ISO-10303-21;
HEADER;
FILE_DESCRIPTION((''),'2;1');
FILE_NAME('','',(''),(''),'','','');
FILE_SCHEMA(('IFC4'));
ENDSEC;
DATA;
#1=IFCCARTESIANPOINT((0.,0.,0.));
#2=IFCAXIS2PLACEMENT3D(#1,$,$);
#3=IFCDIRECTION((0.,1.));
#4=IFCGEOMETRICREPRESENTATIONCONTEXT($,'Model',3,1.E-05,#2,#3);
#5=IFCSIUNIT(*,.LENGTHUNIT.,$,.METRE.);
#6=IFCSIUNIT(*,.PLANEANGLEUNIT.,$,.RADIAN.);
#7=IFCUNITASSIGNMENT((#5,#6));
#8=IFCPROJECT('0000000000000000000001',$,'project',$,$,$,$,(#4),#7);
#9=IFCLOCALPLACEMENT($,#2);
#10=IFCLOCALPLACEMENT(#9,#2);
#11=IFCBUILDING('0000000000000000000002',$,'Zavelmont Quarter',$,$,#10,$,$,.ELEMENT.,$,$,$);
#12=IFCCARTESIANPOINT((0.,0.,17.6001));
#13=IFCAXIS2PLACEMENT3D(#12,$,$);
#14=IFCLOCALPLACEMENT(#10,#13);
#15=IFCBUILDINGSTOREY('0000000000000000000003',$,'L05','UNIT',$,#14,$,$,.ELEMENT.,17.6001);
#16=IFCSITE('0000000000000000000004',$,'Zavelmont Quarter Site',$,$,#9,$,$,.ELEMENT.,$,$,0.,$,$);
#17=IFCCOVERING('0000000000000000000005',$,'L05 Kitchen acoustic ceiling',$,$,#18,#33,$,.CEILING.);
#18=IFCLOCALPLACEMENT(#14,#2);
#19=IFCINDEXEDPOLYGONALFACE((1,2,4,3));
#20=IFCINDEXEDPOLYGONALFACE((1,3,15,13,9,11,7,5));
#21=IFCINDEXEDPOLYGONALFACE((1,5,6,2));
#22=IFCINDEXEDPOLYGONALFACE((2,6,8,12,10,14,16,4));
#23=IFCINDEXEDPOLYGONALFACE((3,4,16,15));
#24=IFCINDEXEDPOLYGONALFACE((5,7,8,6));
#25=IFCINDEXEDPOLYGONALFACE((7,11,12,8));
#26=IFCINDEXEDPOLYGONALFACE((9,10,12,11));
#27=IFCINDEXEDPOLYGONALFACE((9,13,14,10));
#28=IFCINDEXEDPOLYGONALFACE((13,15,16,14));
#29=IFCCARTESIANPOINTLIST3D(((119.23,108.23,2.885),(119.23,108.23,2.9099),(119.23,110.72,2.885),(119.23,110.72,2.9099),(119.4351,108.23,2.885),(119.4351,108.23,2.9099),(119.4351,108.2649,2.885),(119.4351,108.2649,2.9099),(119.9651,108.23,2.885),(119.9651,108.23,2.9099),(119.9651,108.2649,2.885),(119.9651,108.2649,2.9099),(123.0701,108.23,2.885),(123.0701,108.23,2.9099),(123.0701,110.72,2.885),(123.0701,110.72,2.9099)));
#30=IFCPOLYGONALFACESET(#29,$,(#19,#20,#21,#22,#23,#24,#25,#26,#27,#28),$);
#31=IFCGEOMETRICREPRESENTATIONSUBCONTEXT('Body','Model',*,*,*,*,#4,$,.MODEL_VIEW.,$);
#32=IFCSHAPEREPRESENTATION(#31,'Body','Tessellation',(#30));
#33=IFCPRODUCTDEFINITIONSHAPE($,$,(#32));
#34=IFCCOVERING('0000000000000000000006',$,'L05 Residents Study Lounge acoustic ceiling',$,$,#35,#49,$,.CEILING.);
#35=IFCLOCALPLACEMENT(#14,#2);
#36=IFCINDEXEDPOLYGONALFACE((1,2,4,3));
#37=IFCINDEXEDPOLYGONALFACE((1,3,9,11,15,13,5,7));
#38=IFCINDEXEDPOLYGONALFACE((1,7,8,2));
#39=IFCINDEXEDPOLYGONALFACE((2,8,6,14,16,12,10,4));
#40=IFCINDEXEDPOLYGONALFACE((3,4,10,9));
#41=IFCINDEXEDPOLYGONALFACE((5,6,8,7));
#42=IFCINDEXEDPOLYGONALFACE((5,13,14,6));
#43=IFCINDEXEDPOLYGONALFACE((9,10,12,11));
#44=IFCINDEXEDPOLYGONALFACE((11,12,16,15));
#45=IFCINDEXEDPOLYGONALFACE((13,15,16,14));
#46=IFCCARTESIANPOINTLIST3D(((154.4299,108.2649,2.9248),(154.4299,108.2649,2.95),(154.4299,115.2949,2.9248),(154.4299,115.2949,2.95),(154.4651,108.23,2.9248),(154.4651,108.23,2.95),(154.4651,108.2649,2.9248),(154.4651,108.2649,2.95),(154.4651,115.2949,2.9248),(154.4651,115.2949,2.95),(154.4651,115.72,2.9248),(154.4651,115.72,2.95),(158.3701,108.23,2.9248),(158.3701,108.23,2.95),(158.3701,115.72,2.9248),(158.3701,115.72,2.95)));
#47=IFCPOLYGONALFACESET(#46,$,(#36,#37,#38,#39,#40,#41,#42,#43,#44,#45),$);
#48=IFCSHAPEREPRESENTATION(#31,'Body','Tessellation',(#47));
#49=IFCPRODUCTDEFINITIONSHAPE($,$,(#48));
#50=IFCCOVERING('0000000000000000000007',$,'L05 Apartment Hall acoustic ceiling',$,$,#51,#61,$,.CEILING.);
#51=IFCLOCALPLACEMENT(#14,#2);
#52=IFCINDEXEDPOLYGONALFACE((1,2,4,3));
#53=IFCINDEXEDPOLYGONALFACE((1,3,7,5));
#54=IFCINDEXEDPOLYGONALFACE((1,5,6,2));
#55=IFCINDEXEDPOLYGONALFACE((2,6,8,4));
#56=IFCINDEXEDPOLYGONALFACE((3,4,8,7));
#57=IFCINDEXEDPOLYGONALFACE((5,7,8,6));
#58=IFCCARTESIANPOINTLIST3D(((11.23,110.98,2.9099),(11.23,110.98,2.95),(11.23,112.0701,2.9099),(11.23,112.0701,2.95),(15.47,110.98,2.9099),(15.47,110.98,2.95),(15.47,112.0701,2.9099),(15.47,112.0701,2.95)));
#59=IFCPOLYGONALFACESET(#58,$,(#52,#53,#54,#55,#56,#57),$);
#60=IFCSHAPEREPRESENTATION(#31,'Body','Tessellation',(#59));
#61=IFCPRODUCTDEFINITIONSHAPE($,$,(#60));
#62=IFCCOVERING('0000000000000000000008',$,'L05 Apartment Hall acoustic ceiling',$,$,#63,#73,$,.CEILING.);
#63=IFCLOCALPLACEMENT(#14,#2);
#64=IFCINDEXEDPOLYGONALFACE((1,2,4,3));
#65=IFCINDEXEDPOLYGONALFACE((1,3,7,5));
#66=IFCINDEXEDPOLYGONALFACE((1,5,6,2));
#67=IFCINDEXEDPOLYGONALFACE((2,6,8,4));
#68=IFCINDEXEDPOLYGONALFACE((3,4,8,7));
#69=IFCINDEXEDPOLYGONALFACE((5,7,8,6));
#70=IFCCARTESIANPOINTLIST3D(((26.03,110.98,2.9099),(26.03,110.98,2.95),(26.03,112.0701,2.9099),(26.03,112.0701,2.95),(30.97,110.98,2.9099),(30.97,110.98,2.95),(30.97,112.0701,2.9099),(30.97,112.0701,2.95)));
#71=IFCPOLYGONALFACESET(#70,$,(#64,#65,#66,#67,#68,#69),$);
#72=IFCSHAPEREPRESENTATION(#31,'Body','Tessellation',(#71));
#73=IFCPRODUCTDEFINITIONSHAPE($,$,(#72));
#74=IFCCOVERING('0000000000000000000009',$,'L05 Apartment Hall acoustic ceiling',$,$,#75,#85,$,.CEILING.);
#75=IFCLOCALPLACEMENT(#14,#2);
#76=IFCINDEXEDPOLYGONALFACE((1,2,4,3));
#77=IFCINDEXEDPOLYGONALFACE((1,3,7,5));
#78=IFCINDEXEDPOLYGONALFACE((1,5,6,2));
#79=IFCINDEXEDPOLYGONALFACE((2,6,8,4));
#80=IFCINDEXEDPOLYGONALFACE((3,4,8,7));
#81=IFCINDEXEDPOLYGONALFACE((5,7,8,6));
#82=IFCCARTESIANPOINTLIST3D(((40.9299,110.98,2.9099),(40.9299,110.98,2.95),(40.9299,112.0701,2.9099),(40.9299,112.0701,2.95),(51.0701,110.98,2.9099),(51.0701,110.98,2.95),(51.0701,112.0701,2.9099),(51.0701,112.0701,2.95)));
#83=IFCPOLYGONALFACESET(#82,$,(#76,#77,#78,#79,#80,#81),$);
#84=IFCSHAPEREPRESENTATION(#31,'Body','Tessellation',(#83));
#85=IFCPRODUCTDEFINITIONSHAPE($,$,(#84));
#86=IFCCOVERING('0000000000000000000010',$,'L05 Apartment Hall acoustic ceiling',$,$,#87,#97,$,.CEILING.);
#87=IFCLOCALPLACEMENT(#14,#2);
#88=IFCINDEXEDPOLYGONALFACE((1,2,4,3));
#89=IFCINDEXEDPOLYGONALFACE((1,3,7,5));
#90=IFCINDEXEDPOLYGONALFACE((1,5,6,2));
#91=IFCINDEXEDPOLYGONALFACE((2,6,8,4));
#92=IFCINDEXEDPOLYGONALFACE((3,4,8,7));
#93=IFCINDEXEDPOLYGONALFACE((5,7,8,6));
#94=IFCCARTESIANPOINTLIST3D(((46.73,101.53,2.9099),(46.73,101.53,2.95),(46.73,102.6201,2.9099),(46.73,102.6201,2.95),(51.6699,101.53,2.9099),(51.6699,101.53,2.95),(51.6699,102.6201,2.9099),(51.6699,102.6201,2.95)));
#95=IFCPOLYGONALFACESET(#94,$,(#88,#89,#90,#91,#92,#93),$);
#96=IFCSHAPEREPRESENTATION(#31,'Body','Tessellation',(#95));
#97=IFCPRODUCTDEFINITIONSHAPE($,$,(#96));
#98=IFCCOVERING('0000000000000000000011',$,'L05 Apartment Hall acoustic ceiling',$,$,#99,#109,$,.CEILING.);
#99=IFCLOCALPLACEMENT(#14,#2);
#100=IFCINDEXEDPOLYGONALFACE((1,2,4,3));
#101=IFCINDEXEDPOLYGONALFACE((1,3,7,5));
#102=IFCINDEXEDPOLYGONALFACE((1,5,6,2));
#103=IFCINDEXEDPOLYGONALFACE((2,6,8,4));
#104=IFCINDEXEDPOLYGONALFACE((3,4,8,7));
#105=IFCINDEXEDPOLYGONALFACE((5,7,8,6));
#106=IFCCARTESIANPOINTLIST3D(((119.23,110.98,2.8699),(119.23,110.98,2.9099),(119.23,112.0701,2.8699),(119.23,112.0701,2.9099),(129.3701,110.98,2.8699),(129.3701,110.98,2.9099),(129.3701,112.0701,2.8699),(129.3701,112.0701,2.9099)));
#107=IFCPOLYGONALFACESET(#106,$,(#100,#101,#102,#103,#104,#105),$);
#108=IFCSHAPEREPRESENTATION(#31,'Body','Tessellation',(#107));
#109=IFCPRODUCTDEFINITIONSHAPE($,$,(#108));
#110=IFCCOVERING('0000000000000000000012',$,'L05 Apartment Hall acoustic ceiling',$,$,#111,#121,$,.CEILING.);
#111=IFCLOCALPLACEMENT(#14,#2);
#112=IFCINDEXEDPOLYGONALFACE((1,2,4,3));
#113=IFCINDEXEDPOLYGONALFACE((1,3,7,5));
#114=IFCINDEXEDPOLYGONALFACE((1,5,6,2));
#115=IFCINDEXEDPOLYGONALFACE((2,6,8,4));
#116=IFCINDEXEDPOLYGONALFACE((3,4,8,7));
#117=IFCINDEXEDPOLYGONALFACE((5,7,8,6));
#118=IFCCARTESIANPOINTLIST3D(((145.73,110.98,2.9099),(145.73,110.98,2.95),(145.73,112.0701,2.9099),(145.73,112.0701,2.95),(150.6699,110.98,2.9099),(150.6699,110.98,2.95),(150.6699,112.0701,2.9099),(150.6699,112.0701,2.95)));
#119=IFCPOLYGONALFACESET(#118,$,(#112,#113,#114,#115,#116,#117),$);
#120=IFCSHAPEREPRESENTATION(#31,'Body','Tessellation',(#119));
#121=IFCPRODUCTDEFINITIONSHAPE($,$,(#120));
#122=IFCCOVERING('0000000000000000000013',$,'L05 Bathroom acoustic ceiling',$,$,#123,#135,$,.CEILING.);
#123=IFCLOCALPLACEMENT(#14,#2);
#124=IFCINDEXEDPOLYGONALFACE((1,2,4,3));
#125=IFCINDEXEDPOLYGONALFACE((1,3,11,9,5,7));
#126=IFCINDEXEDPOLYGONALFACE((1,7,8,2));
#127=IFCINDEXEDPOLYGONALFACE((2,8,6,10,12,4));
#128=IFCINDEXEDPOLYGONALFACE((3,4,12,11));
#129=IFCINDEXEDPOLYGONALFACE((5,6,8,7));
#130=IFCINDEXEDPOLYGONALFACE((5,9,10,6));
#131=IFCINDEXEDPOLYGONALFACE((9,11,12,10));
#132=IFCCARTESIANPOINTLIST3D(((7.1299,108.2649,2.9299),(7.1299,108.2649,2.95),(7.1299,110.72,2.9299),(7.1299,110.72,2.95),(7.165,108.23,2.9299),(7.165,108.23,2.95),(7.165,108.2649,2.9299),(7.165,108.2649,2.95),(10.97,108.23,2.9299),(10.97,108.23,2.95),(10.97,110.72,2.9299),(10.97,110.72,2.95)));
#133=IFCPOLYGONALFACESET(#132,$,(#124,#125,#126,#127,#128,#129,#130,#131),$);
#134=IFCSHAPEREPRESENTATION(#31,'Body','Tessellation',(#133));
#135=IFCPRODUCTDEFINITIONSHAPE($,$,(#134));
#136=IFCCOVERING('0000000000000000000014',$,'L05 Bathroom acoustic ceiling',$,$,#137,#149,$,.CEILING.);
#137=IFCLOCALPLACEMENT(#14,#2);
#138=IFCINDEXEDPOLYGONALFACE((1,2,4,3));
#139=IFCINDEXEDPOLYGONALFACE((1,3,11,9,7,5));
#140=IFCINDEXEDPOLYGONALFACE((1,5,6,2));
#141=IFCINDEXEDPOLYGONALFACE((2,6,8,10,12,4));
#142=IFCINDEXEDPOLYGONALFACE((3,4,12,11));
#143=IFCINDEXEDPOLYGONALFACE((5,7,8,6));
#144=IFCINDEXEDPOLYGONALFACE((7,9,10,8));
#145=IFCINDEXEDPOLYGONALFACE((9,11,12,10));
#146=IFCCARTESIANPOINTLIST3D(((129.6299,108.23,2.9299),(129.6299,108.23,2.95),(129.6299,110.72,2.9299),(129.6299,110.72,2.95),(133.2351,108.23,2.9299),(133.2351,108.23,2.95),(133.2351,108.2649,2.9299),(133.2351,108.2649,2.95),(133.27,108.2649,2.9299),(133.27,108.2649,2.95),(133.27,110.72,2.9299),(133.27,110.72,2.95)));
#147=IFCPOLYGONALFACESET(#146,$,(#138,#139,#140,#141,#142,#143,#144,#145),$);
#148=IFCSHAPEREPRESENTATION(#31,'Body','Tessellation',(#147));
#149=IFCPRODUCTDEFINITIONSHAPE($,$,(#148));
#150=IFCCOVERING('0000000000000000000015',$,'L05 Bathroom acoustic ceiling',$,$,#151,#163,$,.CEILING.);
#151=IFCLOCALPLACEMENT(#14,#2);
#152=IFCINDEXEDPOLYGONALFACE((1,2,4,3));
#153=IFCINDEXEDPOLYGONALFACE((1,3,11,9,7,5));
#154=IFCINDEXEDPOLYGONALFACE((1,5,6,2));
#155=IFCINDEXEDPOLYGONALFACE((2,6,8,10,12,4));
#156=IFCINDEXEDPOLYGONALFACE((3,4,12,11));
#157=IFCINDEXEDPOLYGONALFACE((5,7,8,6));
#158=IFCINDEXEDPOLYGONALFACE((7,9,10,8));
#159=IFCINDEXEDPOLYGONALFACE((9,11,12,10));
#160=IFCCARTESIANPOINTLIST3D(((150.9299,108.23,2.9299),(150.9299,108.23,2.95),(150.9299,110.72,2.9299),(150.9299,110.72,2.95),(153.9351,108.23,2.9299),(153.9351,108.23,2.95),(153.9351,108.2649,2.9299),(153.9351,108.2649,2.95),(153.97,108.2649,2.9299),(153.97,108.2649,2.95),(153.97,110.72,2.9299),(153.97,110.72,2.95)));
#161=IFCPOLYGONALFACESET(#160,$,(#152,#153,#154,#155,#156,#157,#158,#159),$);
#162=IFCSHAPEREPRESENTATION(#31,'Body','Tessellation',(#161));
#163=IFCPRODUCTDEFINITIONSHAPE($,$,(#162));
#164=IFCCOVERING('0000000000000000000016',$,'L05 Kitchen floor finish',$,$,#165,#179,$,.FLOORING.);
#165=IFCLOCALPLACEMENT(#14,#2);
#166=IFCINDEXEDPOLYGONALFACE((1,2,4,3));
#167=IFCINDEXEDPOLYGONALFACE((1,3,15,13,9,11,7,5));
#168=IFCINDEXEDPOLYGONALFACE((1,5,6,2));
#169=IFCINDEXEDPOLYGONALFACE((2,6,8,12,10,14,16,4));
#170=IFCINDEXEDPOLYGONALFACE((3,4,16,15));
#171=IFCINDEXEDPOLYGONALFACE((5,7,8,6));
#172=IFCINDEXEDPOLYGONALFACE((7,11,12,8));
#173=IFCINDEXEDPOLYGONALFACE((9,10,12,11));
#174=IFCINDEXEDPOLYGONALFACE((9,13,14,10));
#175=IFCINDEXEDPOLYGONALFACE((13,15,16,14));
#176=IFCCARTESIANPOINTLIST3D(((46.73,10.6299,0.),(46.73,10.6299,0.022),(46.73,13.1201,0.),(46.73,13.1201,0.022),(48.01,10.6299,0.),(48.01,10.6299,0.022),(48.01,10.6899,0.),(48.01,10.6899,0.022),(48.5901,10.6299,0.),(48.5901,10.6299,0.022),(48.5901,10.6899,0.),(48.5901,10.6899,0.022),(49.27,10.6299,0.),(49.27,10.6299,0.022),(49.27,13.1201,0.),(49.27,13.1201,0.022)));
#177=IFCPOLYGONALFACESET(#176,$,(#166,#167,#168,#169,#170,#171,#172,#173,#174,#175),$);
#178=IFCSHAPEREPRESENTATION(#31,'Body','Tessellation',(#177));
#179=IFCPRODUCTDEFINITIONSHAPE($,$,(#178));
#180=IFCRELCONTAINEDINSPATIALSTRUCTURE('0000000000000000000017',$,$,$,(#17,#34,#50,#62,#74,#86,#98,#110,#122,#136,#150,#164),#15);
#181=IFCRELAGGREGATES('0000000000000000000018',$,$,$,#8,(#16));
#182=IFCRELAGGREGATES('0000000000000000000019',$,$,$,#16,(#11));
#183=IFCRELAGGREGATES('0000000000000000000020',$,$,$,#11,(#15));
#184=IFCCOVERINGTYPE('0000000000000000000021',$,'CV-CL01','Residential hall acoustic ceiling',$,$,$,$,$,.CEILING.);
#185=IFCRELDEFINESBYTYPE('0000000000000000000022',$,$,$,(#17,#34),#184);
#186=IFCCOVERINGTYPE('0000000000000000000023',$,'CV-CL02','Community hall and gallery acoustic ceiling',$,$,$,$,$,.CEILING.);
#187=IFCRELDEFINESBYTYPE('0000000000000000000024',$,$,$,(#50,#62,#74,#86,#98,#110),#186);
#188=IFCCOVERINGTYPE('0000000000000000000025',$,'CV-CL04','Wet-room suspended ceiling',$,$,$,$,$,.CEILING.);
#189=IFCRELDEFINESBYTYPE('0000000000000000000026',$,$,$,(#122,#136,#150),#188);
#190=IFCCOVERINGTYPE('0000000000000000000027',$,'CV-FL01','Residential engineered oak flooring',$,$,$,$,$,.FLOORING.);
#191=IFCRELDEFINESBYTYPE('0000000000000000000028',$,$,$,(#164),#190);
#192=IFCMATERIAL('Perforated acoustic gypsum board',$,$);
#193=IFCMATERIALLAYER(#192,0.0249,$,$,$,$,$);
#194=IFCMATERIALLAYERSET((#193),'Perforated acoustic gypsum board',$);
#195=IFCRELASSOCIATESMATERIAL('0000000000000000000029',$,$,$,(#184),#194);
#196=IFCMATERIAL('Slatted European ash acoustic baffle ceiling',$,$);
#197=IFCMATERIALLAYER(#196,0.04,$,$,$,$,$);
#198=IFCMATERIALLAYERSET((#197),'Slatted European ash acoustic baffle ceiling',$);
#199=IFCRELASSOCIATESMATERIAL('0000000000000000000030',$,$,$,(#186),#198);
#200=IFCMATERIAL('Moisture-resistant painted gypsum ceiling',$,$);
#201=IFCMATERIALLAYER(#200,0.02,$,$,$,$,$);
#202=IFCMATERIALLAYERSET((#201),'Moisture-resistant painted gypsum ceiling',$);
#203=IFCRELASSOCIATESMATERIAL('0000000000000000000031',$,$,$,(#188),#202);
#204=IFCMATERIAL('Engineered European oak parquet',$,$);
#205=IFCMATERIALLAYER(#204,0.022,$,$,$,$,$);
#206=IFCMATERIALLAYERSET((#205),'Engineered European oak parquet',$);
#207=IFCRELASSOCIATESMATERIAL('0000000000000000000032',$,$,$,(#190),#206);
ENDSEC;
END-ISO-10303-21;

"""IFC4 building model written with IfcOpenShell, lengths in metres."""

from ifc_helpers import new_model, si_unit, direction, frame, origin, place, context, subcontext, project, spatial, polyline, outline, extrude, material, layer, layer_set, type_object, element, save


model = new_model("IFC4")

# Units and contexts
model_context = context("Model", 3, precision=1e-05, world=origin(), true_north=direction((0.0, 1.0)))
body_context = subcontext(model_context, "Body", "Model", "MODEL_VIEW")
ifc_project = project(units=[si_unit("LENGTHUNIT", "METRE"), si_unit("PLANEANGLEUNIT", "RADIAN")], contexts=[model_context])

# Site, building, storey
site_placement = place(None, origin())
site = spatial("IfcSite", under=ifc_project, at=site_placement, Name="Zavelmont Quarter Site", CompositionType="ELEMENT", RefElevation=0.0)
building_placement = place(site_placement, origin())
building = spatial("IfcBuilding", under=site, at=building_placement, Name="Zavelmont Quarter", CompositionType="ELEMENT")
storey_placement = place(building_placement, frame((0.0, 0.0, 17.6001)))
storey = spatial("IfcBuildingStorey", under=building, at=storey_placement, Name="L05", Description="UNIT", CompositionType="ELEMENT", Elevation=17.6001)

# Coverings
ifc_material_1 = material(Name="Perforated acoustic gypsum board")
ifc_layer_1 = layer(ifc_material_1, 0.0249)
ifc_layer_set_1 = layer_set([ifc_layer_1], Name="Perforated acoustic gypsum board")
covering_type_1 = type_object("IfcCoveringType", Name="CV-CL01", Description="Residential hall acoustic ceiling", PredefinedType="CEILING", material=ifc_layer_set_1)
covering_1_placement = place(storey_placement, frame((0.0, 0.0, 2.885)))
element("IfcCovering", 1, at=covering_1_placement, inside=storey, type_object=covering_type_1, Name="L05 Kitchen acoustic ceiling", PredefinedType="CEILING", context=body_context, shape_type="SweptSolid", body=[
    extrude(outline(polyline([(119.23, 110.72), (123.0701, 110.72), (123.0701, 108.23), (119.9651, 108.23), (119.9651, 108.2649), (119.4351, 108.2649), (119.4351, 108.23), (119.23, 108.23), (119.23, 110.72)])), origin(), (0.0, 0.0, 1.0), 0.0249),
])
covering_2_placement = place(storey_placement, frame((0.0, 0.0, 2.9248)))
element("IfcCovering", 2, at=covering_2_placement, inside=storey, type_object=covering_type_1, Name="L05 Residents Study Lounge acoustic ceiling", PredefinedType="CEILING", context=body_context, shape_type="SweptSolid", body=[
    extrude(outline(polyline([(154.4299, 115.2949), (154.4651, 115.2949), (154.4651, 115.72), (158.3701, 115.72), (158.3701, 108.23), (154.4651, 108.23), (154.4651, 108.2649), (154.4299, 108.2649), (154.4299, 115.2949)])), origin(), (0.0, 0.0, 1.0), 0.0251),
])
ifc_material_2 = material(Name="Slatted European ash acoustic baffle ceiling")
ifc_layer_2 = layer(ifc_material_2, 0.04)
ifc_layer_set_2 = layer_set([ifc_layer_2], Name="Slatted European ash acoustic baffle ceiling")
covering_type_2 = type_object("IfcCoveringType", Name="CV-CL02", Description="Community hall and gallery acoustic ceiling", PredefinedType="CEILING", material=ifc_layer_set_2)
covering_3_placement = place(storey_placement, frame((0.0, 0.0, 2.9099)))
element("IfcCovering", 3, at=covering_3_placement, inside=storey, type_object=covering_type_2, Name="L05 Apartment Hall acoustic ceiling", PredefinedType="CEILING", context=body_context, shape_type="SweptSolid", body=[
    extrude(outline(polyline([(11.23, 112.0701), (15.47, 112.0701), (15.47, 110.98), (11.23, 110.98), (11.23, 112.0701)])), origin(), (0.0, 0.0, 1.0), 0.04),
])
covering_4_placement = place(storey_placement, frame((0.0, 0.0, 2.9099)))
element("IfcCovering", 4, at=covering_4_placement, inside=storey, type_object=covering_type_2, Name="L05 Apartment Hall acoustic ceiling", PredefinedType="CEILING", context=body_context, shape_type="SweptSolid", body=[
    extrude(outline(polyline([(26.03, 112.0701), (30.97, 112.0701), (30.97, 110.98), (26.03, 110.98), (26.03, 112.0701)])), origin(), (0.0, 0.0, 1.0), 0.04),
])
covering_5_placement = place(storey_placement, frame((0.0, 0.0, 2.9099)))
element("IfcCovering", 5, at=covering_5_placement, inside=storey, type_object=covering_type_2, Name="L05 Apartment Hall acoustic ceiling", PredefinedType="CEILING", context=body_context, shape_type="SweptSolid", body=[
    extrude(outline(polyline([(40.9299, 112.0701), (51.0701, 112.0701), (51.0701, 110.98), (40.9299, 110.98), (40.9299, 112.0701)])), origin(), (0.0, 0.0, 1.0), 0.04),
])
covering_6_placement = place(storey_placement, frame((0.0, 0.0, 2.9099)))
element("IfcCovering", 6, at=covering_6_placement, inside=storey, type_object=covering_type_2, Name="L05 Apartment Hall acoustic ceiling", PredefinedType="CEILING", context=body_context, shape_type="SweptSolid", body=[
    extrude(outline(polyline([(46.73, 102.6201), (51.6699, 102.6201), (51.6699, 101.53), (46.73, 101.53), (46.73, 102.6201)])), origin(), (0.0, 0.0, 1.0), 0.04),
])
covering_7_placement = place(storey_placement, frame((0.0, 0.0, 2.8699)))
element("IfcCovering", 7, at=covering_7_placement, inside=storey, type_object=covering_type_2, Name="L05 Apartment Hall acoustic ceiling", PredefinedType="CEILING", context=body_context, shape_type="SweptSolid", body=[
    extrude(outline(polyline([(119.23, 112.0701), (129.3701, 112.0701), (129.3701, 110.98), (119.23, 110.98), (119.23, 112.0701)])), origin(), (0.0, 0.0, 1.0), 0.04),
])
covering_8_placement = place(storey_placement, frame((0.0, 0.0, 2.9099)))
element("IfcCovering", 8, at=covering_8_placement, inside=storey, type_object=covering_type_2, Name="L05 Apartment Hall acoustic ceiling", PredefinedType="CEILING", context=body_context, shape_type="SweptSolid", body=[
    extrude(outline(polyline([(145.73, 112.0701), (150.6699, 112.0701), (150.6699, 110.98), (145.73, 110.98), (145.73, 112.0701)])), origin(), (0.0, 0.0, 1.0), 0.04),
])
ifc_material_3 = material(Name="Moisture-resistant painted gypsum ceiling")
ifc_layer_3 = layer(ifc_material_3, 0.02)
ifc_layer_set_3 = layer_set([ifc_layer_3], Name="Moisture-resistant painted gypsum ceiling")
covering_type_3 = type_object("IfcCoveringType", Name="CV-CL04", Description="Wet-room suspended ceiling", PredefinedType="CEILING", material=ifc_layer_set_3)
covering_9_placement = place(storey_placement, frame((0.0, 0.0, 2.9299)))
element("IfcCovering", 9, at=covering_9_placement, inside=storey, type_object=covering_type_3, Name="L05 Bathroom acoustic ceiling", PredefinedType="CEILING", context=body_context, shape_type="SweptSolid", body=[
    extrude(outline(polyline([(7.1299, 110.72), (10.97, 110.72), (10.97, 108.23), (7.165, 108.23), (7.165, 108.2649), (7.1299, 108.2649), (7.1299, 110.72)])), origin(), (0.0, 0.0, 1.0), 0.02),
])
covering_10_placement = place(storey_placement, frame((0.0, 0.0, 2.9299)))
element("IfcCovering", 10, at=covering_10_placement, inside=storey, type_object=covering_type_3, Name="L05 Bathroom acoustic ceiling", PredefinedType="CEILING", context=body_context, shape_type="SweptSolid", body=[
    extrude(outline(polyline([(129.6299, 110.72), (133.27, 110.72), (133.27, 108.2649), (133.2351, 108.2649), (133.2351, 108.23), (129.6299, 108.23), (129.6299, 110.72)])), origin(), (0.0, 0.0, 1.0), 0.02),
])
covering_11_placement = place(storey_placement, frame((0.0, 0.0, 2.9299)))
element("IfcCovering", 11, at=covering_11_placement, inside=storey, type_object=covering_type_3, Name="L05 Bathroom acoustic ceiling", PredefinedType="CEILING", context=body_context, shape_type="SweptSolid", body=[
    extrude(outline(polyline([(150.9299, 110.72), (153.97, 110.72), (153.97, 108.2649), (153.9351, 108.2649), (153.9351, 108.23), (150.9299, 108.23), (150.9299, 110.72)])), origin(), (0.0, 0.0, 1.0), 0.02),
])
ifc_material_4 = material(Name="Engineered European oak parquet")
ifc_layer_4 = layer(ifc_material_4, 0.022)
ifc_layer_set_4 = layer_set([ifc_layer_4], Name="Engineered European oak parquet")
covering_type_4 = type_object("IfcCoveringType", Name="CV-FL01", Description="Residential engineered oak flooring", PredefinedType="FLOORING", material=ifc_layer_set_4)
covering_12_placement = place(storey_placement, origin())
element("IfcCovering", 12, at=covering_12_placement, inside=storey, type_object=covering_type_4, Name="L05 Kitchen floor finish", PredefinedType="FLOORING", context=body_context, shape_type="SweptSolid", body=[
    extrude(outline(polyline([(46.73, 13.1201), (49.27, 13.1201), (49.27, 10.6299), (48.5901, 10.6299), (48.5901, 10.6899), (48.01, 10.6899), (48.01, 10.6299), (46.73, 10.6299), (46.73, 13.1201)])), origin(), (0.0, 0.0, 1.0), 0.022),
])

save(model, "model.ifc")
